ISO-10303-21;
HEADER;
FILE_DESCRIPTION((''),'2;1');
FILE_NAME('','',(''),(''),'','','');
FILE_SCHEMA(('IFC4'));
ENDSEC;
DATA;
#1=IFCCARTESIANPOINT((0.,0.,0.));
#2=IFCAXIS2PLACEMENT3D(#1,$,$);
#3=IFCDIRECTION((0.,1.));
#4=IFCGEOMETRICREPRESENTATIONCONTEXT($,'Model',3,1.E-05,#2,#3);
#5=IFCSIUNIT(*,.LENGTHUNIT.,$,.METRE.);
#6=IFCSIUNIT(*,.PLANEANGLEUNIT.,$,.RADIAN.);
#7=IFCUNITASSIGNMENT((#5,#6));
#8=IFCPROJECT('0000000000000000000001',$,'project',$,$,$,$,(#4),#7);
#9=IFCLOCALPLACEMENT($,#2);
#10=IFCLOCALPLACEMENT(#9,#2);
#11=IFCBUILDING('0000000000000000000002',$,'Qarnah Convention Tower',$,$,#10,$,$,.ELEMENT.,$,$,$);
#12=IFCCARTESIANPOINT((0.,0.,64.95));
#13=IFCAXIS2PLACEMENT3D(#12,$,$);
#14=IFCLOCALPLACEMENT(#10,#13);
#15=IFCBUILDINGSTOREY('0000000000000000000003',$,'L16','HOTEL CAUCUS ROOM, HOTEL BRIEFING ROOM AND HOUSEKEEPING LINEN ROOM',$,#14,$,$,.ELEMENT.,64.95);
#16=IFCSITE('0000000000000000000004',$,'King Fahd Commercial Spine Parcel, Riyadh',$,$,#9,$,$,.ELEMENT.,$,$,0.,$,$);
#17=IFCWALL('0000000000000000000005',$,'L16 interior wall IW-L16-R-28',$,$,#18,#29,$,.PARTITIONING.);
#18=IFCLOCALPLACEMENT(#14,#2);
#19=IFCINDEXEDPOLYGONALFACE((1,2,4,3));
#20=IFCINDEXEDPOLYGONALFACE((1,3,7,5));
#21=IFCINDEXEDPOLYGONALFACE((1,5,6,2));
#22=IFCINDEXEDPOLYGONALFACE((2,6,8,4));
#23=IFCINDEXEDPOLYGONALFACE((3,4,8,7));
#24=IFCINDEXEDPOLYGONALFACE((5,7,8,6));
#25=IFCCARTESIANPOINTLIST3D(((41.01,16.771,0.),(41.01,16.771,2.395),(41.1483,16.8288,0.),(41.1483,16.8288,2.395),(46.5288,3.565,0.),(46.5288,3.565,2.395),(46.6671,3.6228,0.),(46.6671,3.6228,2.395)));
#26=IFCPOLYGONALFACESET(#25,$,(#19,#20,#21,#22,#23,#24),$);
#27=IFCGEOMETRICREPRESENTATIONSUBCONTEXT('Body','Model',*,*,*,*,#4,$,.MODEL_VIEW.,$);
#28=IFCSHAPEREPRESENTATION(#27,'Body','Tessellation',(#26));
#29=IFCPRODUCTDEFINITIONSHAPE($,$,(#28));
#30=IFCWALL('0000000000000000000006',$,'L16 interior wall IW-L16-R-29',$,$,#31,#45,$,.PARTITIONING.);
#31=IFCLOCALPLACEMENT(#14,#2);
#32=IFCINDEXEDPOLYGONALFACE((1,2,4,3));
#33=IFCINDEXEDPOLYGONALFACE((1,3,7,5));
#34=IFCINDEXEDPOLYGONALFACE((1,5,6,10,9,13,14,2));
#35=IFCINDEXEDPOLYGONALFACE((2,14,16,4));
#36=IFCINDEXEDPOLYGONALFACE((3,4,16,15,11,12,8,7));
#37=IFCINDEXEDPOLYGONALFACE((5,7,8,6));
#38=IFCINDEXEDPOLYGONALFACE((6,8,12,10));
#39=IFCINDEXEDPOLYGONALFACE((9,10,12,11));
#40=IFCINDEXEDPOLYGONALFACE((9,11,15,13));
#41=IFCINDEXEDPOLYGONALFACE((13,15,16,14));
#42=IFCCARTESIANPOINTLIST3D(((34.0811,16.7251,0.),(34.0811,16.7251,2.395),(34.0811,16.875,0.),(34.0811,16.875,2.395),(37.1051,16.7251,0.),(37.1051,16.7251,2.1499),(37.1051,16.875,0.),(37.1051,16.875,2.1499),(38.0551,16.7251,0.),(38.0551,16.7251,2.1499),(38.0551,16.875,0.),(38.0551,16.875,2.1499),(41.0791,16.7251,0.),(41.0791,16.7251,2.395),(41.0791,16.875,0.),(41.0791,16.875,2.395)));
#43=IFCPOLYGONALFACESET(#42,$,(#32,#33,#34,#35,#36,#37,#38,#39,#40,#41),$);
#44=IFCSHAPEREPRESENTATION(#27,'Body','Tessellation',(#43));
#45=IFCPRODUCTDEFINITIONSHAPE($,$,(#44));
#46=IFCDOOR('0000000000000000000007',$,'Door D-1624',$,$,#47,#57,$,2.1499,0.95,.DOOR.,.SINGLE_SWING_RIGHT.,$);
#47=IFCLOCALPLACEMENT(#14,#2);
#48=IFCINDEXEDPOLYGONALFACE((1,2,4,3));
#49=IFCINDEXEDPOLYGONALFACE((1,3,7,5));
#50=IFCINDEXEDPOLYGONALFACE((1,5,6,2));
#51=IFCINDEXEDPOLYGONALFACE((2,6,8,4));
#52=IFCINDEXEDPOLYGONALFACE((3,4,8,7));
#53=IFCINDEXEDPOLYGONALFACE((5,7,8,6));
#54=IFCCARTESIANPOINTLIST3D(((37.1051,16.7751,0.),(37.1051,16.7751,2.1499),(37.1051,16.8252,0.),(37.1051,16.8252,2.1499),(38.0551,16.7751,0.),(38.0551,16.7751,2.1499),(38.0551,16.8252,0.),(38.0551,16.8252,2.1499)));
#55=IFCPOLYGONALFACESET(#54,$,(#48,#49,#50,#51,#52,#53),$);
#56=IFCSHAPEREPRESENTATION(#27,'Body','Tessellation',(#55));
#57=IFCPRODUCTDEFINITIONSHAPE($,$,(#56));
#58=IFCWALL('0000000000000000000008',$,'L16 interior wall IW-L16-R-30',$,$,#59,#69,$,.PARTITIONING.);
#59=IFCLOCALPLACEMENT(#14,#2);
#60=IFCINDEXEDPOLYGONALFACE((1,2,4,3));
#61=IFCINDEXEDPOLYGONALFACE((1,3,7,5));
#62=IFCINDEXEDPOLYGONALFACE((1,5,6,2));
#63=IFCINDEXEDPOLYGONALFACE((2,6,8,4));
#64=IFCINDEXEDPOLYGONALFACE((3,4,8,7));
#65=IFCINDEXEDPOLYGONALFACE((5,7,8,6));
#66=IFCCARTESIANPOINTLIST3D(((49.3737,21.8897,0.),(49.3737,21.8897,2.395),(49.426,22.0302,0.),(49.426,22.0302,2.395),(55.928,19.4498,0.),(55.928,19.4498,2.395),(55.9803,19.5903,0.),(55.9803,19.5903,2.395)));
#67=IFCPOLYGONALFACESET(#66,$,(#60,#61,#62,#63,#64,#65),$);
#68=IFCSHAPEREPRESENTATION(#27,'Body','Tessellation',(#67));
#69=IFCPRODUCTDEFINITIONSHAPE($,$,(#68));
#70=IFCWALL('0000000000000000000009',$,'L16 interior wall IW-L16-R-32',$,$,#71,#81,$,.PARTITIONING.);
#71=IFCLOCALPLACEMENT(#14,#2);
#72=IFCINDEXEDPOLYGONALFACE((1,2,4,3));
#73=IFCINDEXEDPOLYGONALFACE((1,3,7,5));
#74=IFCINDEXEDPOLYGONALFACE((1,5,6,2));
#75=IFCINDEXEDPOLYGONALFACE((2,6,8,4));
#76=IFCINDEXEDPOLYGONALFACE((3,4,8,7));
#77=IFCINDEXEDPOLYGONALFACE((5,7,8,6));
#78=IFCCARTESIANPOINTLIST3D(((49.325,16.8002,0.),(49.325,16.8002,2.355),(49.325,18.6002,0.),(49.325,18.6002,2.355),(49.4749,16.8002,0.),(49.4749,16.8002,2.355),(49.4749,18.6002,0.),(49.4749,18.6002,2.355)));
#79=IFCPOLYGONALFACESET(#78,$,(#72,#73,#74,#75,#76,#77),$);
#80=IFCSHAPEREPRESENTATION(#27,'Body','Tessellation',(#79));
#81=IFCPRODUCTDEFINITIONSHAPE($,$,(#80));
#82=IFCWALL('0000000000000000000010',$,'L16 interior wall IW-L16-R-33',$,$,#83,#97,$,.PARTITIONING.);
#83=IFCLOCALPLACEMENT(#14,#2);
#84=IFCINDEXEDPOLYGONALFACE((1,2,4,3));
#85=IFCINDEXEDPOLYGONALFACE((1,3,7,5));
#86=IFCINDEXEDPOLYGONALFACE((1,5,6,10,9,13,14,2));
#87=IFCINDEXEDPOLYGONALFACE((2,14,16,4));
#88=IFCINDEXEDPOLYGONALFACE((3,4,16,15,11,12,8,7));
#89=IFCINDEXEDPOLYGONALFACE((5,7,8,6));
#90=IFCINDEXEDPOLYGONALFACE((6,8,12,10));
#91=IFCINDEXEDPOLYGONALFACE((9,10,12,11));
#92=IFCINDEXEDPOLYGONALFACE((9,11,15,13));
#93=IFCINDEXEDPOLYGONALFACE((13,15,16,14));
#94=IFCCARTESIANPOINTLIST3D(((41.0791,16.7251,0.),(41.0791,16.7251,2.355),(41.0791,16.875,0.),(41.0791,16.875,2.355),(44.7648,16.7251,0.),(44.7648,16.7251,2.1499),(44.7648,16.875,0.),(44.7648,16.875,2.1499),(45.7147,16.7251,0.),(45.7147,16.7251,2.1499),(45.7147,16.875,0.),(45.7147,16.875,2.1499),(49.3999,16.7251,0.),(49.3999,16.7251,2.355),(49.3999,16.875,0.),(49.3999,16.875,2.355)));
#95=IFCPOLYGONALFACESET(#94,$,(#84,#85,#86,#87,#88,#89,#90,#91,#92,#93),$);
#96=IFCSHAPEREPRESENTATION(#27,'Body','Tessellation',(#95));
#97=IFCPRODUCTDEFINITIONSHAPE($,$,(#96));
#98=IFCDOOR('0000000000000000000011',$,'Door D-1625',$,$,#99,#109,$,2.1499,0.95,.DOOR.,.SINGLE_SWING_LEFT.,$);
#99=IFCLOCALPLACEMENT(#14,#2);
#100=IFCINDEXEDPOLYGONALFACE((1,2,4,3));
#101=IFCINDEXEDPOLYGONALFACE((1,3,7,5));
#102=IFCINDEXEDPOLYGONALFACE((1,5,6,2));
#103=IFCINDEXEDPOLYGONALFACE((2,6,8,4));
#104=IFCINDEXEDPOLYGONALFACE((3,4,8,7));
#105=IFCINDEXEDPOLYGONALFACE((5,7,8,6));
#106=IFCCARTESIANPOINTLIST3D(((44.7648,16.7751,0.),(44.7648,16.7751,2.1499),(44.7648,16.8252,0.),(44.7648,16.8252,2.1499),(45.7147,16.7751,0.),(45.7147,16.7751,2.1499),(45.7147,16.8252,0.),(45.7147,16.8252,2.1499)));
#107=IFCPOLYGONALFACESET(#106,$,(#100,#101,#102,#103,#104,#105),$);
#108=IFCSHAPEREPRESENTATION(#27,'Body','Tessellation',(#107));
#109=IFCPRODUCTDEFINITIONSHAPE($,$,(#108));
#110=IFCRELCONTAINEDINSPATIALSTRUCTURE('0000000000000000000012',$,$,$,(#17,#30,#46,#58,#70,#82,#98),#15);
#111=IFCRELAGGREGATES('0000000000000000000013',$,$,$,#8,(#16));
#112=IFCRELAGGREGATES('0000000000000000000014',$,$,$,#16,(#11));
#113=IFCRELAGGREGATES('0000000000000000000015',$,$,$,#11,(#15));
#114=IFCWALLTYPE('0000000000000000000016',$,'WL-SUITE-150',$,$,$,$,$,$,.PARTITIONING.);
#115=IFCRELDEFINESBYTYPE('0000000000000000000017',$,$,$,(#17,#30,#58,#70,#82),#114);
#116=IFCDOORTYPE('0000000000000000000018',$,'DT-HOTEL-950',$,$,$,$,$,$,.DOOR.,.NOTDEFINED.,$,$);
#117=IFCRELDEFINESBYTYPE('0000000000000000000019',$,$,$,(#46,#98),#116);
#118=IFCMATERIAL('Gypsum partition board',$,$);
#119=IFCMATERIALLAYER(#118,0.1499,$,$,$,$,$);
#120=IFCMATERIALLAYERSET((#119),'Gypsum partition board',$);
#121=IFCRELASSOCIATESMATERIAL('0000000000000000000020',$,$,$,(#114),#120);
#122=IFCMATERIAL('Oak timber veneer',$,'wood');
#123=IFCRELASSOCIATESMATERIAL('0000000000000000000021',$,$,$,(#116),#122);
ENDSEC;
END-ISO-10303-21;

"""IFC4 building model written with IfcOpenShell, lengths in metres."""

from ifc_helpers import new_model, si_unit, direction, frame, frame_2d, origin, place, context, subcontext, project, spatial, rectangle, extrude, material, layer, layer_set, type_object, element, fill, save


model = new_model("IFC4")

# Units and contexts
model_context = context("Model", 3, precision=1e-05, world=origin(), true_north=direction((0.0, 1.0)))
body_context = subcontext(model_context, "Body", "Model", "MODEL_VIEW")
ifc_project = project(units=[si_unit("LENGTHUNIT", "METRE"), si_unit("PLANEANGLEUNIT", "RADIAN")], contexts=[model_context])

# Site, building, storey
site_placement = place(None, origin())
site = spatial("IfcSite", under=ifc_project, at=site_placement, Name="King Fahd Commercial Spine Parcel, Riyadh", CompositionType="ELEMENT", RefElevation=0.0)
building_placement = place(site_placement, origin())
building = spatial("IfcBuilding", under=site, at=building_placement, Name="Qarnah Convention Tower", CompositionType="ELEMENT")
storey_placement = place(building_placement, frame((0.0, 0.0, 64.95)))
storey = spatial("IfcBuildingStorey", under=building, at=storey_placement, Name="L16", Description="HOTEL CAUCUS ROOM, HOTEL BRIEFING ROOM AND HOUSEKEEPING LINEN ROOM", CompositionType="ELEMENT", Elevation=64.95)

# Wall
ifc_material_1 = material(Name="Gypsum partition board")
ifc_layer_1 = layer(ifc_material_1, 0.1499)
ifc_layer_set_1 = layer_set([ifc_layer_1], Name="Gypsum partition board")
wall_type_1 = type_object("IfcWallType", Name="WL-SUITE-150", PredefinedType="PARTITIONING", material=ifc_layer_set_1)
wall_1_placement = place(storey_placement, frame((46.5979, 3.594, 0.0), z_axis=(0.0, 0.0, 1.0), x_axis=(-0.385584, 0.922673, 0.0)))
element("IfcWall", 1, at=wall_1_placement, inside=storey, type_object=wall_type_1, Name="L16 interior wall IW-L16-R-28", PredefinedType="PARTITIONING", context=body_context, shape_type="SweptSolid", body=[
    extrude(rectangle(XDim=14.3127, YDim=0.1499, at=frame_2d((7.1562, 0.0))), origin(), (0.0, 0.0, 1.0), 2.395),
])

# Wall, opening, door
wall_2_placement = place(storey_placement, frame((41.0791, 16.8, 0.0), z_axis=(0.0, 0.0, 1.0), x_axis=(-1.0, 0.0, 0.0)))
wall_2 = element("IfcWall", 2, at=wall_2_placement, inside=storey, type_object=wall_type_1, Name="L16 interior wall IW-L16-R-29", PredefinedType="PARTITIONING", context=body_context, shape_type="SweptSolid", body=[
    extrude(rectangle(XDim=6.998, YDim=0.1499, at=frame_2d((3.499, 0.0))), origin(), (0.0, 0.0, 1.0), 2.395),
])
opening_1_placement = place(wall_2_placement, frame((3.0239, 0.0, 0.0)))
opening_1 = element("IfcOpeningElement", 3, at=opening_1_placement, cuts=wall_2, PredefinedType="OPENING", context=body_context, shape_type="SweptSolid", body=[
    extrude(rectangle(XDim=0.95, YDim=2.1499, at=frame_2d((0.4751, 1.075))), frame((0.0, 0.085, 0.0), z_axis=(0.0, -1.0, 0.0), x_axis=(1.0, 0.0, 0.0)), (0.0, 0.0, 1.0), 0.1699),
])
ifc_material_2 = material(Name="Oak timber veneer", Category="wood")
door_type_1 = type_object("IfcDoorType", Name="DT-HOTEL-950", OperationType="NOTDEFINED", PredefinedType="DOOR", material=ifc_material_2)
door_1_placement = place(opening_1_placement, origin())
door_1 = element("IfcDoor", 4, at=door_1_placement, inside=storey, type_object=door_type_1, Name="Door D-1624", OperationType="SINGLE_SWING_RIGHT", OverallHeight=2.1499, OverallWidth=0.95, PredefinedType="DOOR", context=body_context, shape_type="SweptSolid", body=[
    extrude(rectangle(XDim=0.95, YDim=2.1499, at=frame_2d((0.4751, 1.075))), frame((0.0, 0.0249, 0.0), z_axis=(0.0, -1.0, 0.0), x_axis=(1.0, 0.0, 0.0)), (0.0, 0.0, 1.0), 0.05),
])
fill(opening_1, door_1)

# Walls
wall_3_placement = place(storey_placement, frame((55.9541, 19.52, 0.0), z_axis=(0.0, 0.0, 1.0), x_axis=(-0.937167, 0.348881, 0.0)))
element("IfcWall", 5, at=wall_3_placement, inside=storey, type_object=wall_type_1, Name="L16 interior wall IW-L16-R-30", PredefinedType="PARTITIONING", context=body_context, shape_type="SweptSolid", body=[
    extrude(rectangle(XDim=6.9937, YDim=0.1499, at=frame_2d((3.4968, 0.0))), origin(), (0.0, 0.0, 1.0), 2.395),
])
wall_4_placement = place(storey_placement, frame((49.3999, 18.6001, 0.0), z_axis=(0.0, 0.0, 1.0), x_axis=(0.0, -1.0, 0.0)))
element("IfcWall", 6, at=wall_4_placement, inside=storey, type_object=wall_type_1, Name="L16 interior wall IW-L16-R-32", PredefinedType="PARTITIONING", context=body_context, shape_type="SweptSolid", body=[
    extrude(rectangle(XDim=1.8, YDim=0.1499, at=frame_2d((0.8999, 0.0))), origin(), (0.0, 0.0, 1.0), 2.355),
])

# Wall, opening, door
wall_5_placement = place(storey_placement, frame((49.3999, 16.8, 0.0), z_axis=(0.0, 0.0, 1.0), x_axis=(-1.0, 0.0, 0.0)))
wall_5 = element("IfcWall", 7, at=wall_5_placement, inside=storey, type_object=wall_type_1, Name="L16 interior wall IW-L16-R-33", PredefinedType="PARTITIONING", context=body_context, shape_type="SweptSolid", body=[
    extrude(rectangle(XDim=8.3208, YDim=0.1499, at=frame_2d((4.1604, 0.0))), origin(), (0.0, 0.0, 1.0), 2.355),
])
opening_2_placement = place(wall_5_placement, frame((3.6851, 0.0, 0.0)))
opening_2 = element("IfcOpeningElement", 8, at=opening_2_placement, cuts=wall_5, PredefinedType="OPENING", context=body_context, shape_type="SweptSolid", body=[
    extrude(rectangle(XDim=0.95, YDim=2.1499, at=frame_2d((0.4751, 1.075))), frame((0.0, 0.085, 0.0), z_axis=(0.0, -1.0, 0.0), x_axis=(1.0, 0.0, 0.0)), (0.0, 0.0, 1.0), 0.1699),
])
door_2_placement = place(opening_2_placement, origin())
door_2 = element("IfcDoor", 9, at=door_2_placement, inside=storey, type_object=door_type_1, Name="Door D-1625", OperationType="SINGLE_SWING_LEFT", OverallHeight=2.1499, OverallWidth=0.95, PredefinedType="DOOR", context=body_context, shape_type="SweptSolid", body=[
    extrude(rectangle(XDim=0.95, YDim=2.1499, at=frame_2d((0.4751, 1.075))), frame((0.0, 0.0249, 0.0), z_axis=(0.0, -1.0, 0.0), x_axis=(1.0, 0.0, 0.0)), (0.0, 0.0, 1.0), 0.05),
])
fill(opening_2, door_2)

save(model, "model.ifc")
